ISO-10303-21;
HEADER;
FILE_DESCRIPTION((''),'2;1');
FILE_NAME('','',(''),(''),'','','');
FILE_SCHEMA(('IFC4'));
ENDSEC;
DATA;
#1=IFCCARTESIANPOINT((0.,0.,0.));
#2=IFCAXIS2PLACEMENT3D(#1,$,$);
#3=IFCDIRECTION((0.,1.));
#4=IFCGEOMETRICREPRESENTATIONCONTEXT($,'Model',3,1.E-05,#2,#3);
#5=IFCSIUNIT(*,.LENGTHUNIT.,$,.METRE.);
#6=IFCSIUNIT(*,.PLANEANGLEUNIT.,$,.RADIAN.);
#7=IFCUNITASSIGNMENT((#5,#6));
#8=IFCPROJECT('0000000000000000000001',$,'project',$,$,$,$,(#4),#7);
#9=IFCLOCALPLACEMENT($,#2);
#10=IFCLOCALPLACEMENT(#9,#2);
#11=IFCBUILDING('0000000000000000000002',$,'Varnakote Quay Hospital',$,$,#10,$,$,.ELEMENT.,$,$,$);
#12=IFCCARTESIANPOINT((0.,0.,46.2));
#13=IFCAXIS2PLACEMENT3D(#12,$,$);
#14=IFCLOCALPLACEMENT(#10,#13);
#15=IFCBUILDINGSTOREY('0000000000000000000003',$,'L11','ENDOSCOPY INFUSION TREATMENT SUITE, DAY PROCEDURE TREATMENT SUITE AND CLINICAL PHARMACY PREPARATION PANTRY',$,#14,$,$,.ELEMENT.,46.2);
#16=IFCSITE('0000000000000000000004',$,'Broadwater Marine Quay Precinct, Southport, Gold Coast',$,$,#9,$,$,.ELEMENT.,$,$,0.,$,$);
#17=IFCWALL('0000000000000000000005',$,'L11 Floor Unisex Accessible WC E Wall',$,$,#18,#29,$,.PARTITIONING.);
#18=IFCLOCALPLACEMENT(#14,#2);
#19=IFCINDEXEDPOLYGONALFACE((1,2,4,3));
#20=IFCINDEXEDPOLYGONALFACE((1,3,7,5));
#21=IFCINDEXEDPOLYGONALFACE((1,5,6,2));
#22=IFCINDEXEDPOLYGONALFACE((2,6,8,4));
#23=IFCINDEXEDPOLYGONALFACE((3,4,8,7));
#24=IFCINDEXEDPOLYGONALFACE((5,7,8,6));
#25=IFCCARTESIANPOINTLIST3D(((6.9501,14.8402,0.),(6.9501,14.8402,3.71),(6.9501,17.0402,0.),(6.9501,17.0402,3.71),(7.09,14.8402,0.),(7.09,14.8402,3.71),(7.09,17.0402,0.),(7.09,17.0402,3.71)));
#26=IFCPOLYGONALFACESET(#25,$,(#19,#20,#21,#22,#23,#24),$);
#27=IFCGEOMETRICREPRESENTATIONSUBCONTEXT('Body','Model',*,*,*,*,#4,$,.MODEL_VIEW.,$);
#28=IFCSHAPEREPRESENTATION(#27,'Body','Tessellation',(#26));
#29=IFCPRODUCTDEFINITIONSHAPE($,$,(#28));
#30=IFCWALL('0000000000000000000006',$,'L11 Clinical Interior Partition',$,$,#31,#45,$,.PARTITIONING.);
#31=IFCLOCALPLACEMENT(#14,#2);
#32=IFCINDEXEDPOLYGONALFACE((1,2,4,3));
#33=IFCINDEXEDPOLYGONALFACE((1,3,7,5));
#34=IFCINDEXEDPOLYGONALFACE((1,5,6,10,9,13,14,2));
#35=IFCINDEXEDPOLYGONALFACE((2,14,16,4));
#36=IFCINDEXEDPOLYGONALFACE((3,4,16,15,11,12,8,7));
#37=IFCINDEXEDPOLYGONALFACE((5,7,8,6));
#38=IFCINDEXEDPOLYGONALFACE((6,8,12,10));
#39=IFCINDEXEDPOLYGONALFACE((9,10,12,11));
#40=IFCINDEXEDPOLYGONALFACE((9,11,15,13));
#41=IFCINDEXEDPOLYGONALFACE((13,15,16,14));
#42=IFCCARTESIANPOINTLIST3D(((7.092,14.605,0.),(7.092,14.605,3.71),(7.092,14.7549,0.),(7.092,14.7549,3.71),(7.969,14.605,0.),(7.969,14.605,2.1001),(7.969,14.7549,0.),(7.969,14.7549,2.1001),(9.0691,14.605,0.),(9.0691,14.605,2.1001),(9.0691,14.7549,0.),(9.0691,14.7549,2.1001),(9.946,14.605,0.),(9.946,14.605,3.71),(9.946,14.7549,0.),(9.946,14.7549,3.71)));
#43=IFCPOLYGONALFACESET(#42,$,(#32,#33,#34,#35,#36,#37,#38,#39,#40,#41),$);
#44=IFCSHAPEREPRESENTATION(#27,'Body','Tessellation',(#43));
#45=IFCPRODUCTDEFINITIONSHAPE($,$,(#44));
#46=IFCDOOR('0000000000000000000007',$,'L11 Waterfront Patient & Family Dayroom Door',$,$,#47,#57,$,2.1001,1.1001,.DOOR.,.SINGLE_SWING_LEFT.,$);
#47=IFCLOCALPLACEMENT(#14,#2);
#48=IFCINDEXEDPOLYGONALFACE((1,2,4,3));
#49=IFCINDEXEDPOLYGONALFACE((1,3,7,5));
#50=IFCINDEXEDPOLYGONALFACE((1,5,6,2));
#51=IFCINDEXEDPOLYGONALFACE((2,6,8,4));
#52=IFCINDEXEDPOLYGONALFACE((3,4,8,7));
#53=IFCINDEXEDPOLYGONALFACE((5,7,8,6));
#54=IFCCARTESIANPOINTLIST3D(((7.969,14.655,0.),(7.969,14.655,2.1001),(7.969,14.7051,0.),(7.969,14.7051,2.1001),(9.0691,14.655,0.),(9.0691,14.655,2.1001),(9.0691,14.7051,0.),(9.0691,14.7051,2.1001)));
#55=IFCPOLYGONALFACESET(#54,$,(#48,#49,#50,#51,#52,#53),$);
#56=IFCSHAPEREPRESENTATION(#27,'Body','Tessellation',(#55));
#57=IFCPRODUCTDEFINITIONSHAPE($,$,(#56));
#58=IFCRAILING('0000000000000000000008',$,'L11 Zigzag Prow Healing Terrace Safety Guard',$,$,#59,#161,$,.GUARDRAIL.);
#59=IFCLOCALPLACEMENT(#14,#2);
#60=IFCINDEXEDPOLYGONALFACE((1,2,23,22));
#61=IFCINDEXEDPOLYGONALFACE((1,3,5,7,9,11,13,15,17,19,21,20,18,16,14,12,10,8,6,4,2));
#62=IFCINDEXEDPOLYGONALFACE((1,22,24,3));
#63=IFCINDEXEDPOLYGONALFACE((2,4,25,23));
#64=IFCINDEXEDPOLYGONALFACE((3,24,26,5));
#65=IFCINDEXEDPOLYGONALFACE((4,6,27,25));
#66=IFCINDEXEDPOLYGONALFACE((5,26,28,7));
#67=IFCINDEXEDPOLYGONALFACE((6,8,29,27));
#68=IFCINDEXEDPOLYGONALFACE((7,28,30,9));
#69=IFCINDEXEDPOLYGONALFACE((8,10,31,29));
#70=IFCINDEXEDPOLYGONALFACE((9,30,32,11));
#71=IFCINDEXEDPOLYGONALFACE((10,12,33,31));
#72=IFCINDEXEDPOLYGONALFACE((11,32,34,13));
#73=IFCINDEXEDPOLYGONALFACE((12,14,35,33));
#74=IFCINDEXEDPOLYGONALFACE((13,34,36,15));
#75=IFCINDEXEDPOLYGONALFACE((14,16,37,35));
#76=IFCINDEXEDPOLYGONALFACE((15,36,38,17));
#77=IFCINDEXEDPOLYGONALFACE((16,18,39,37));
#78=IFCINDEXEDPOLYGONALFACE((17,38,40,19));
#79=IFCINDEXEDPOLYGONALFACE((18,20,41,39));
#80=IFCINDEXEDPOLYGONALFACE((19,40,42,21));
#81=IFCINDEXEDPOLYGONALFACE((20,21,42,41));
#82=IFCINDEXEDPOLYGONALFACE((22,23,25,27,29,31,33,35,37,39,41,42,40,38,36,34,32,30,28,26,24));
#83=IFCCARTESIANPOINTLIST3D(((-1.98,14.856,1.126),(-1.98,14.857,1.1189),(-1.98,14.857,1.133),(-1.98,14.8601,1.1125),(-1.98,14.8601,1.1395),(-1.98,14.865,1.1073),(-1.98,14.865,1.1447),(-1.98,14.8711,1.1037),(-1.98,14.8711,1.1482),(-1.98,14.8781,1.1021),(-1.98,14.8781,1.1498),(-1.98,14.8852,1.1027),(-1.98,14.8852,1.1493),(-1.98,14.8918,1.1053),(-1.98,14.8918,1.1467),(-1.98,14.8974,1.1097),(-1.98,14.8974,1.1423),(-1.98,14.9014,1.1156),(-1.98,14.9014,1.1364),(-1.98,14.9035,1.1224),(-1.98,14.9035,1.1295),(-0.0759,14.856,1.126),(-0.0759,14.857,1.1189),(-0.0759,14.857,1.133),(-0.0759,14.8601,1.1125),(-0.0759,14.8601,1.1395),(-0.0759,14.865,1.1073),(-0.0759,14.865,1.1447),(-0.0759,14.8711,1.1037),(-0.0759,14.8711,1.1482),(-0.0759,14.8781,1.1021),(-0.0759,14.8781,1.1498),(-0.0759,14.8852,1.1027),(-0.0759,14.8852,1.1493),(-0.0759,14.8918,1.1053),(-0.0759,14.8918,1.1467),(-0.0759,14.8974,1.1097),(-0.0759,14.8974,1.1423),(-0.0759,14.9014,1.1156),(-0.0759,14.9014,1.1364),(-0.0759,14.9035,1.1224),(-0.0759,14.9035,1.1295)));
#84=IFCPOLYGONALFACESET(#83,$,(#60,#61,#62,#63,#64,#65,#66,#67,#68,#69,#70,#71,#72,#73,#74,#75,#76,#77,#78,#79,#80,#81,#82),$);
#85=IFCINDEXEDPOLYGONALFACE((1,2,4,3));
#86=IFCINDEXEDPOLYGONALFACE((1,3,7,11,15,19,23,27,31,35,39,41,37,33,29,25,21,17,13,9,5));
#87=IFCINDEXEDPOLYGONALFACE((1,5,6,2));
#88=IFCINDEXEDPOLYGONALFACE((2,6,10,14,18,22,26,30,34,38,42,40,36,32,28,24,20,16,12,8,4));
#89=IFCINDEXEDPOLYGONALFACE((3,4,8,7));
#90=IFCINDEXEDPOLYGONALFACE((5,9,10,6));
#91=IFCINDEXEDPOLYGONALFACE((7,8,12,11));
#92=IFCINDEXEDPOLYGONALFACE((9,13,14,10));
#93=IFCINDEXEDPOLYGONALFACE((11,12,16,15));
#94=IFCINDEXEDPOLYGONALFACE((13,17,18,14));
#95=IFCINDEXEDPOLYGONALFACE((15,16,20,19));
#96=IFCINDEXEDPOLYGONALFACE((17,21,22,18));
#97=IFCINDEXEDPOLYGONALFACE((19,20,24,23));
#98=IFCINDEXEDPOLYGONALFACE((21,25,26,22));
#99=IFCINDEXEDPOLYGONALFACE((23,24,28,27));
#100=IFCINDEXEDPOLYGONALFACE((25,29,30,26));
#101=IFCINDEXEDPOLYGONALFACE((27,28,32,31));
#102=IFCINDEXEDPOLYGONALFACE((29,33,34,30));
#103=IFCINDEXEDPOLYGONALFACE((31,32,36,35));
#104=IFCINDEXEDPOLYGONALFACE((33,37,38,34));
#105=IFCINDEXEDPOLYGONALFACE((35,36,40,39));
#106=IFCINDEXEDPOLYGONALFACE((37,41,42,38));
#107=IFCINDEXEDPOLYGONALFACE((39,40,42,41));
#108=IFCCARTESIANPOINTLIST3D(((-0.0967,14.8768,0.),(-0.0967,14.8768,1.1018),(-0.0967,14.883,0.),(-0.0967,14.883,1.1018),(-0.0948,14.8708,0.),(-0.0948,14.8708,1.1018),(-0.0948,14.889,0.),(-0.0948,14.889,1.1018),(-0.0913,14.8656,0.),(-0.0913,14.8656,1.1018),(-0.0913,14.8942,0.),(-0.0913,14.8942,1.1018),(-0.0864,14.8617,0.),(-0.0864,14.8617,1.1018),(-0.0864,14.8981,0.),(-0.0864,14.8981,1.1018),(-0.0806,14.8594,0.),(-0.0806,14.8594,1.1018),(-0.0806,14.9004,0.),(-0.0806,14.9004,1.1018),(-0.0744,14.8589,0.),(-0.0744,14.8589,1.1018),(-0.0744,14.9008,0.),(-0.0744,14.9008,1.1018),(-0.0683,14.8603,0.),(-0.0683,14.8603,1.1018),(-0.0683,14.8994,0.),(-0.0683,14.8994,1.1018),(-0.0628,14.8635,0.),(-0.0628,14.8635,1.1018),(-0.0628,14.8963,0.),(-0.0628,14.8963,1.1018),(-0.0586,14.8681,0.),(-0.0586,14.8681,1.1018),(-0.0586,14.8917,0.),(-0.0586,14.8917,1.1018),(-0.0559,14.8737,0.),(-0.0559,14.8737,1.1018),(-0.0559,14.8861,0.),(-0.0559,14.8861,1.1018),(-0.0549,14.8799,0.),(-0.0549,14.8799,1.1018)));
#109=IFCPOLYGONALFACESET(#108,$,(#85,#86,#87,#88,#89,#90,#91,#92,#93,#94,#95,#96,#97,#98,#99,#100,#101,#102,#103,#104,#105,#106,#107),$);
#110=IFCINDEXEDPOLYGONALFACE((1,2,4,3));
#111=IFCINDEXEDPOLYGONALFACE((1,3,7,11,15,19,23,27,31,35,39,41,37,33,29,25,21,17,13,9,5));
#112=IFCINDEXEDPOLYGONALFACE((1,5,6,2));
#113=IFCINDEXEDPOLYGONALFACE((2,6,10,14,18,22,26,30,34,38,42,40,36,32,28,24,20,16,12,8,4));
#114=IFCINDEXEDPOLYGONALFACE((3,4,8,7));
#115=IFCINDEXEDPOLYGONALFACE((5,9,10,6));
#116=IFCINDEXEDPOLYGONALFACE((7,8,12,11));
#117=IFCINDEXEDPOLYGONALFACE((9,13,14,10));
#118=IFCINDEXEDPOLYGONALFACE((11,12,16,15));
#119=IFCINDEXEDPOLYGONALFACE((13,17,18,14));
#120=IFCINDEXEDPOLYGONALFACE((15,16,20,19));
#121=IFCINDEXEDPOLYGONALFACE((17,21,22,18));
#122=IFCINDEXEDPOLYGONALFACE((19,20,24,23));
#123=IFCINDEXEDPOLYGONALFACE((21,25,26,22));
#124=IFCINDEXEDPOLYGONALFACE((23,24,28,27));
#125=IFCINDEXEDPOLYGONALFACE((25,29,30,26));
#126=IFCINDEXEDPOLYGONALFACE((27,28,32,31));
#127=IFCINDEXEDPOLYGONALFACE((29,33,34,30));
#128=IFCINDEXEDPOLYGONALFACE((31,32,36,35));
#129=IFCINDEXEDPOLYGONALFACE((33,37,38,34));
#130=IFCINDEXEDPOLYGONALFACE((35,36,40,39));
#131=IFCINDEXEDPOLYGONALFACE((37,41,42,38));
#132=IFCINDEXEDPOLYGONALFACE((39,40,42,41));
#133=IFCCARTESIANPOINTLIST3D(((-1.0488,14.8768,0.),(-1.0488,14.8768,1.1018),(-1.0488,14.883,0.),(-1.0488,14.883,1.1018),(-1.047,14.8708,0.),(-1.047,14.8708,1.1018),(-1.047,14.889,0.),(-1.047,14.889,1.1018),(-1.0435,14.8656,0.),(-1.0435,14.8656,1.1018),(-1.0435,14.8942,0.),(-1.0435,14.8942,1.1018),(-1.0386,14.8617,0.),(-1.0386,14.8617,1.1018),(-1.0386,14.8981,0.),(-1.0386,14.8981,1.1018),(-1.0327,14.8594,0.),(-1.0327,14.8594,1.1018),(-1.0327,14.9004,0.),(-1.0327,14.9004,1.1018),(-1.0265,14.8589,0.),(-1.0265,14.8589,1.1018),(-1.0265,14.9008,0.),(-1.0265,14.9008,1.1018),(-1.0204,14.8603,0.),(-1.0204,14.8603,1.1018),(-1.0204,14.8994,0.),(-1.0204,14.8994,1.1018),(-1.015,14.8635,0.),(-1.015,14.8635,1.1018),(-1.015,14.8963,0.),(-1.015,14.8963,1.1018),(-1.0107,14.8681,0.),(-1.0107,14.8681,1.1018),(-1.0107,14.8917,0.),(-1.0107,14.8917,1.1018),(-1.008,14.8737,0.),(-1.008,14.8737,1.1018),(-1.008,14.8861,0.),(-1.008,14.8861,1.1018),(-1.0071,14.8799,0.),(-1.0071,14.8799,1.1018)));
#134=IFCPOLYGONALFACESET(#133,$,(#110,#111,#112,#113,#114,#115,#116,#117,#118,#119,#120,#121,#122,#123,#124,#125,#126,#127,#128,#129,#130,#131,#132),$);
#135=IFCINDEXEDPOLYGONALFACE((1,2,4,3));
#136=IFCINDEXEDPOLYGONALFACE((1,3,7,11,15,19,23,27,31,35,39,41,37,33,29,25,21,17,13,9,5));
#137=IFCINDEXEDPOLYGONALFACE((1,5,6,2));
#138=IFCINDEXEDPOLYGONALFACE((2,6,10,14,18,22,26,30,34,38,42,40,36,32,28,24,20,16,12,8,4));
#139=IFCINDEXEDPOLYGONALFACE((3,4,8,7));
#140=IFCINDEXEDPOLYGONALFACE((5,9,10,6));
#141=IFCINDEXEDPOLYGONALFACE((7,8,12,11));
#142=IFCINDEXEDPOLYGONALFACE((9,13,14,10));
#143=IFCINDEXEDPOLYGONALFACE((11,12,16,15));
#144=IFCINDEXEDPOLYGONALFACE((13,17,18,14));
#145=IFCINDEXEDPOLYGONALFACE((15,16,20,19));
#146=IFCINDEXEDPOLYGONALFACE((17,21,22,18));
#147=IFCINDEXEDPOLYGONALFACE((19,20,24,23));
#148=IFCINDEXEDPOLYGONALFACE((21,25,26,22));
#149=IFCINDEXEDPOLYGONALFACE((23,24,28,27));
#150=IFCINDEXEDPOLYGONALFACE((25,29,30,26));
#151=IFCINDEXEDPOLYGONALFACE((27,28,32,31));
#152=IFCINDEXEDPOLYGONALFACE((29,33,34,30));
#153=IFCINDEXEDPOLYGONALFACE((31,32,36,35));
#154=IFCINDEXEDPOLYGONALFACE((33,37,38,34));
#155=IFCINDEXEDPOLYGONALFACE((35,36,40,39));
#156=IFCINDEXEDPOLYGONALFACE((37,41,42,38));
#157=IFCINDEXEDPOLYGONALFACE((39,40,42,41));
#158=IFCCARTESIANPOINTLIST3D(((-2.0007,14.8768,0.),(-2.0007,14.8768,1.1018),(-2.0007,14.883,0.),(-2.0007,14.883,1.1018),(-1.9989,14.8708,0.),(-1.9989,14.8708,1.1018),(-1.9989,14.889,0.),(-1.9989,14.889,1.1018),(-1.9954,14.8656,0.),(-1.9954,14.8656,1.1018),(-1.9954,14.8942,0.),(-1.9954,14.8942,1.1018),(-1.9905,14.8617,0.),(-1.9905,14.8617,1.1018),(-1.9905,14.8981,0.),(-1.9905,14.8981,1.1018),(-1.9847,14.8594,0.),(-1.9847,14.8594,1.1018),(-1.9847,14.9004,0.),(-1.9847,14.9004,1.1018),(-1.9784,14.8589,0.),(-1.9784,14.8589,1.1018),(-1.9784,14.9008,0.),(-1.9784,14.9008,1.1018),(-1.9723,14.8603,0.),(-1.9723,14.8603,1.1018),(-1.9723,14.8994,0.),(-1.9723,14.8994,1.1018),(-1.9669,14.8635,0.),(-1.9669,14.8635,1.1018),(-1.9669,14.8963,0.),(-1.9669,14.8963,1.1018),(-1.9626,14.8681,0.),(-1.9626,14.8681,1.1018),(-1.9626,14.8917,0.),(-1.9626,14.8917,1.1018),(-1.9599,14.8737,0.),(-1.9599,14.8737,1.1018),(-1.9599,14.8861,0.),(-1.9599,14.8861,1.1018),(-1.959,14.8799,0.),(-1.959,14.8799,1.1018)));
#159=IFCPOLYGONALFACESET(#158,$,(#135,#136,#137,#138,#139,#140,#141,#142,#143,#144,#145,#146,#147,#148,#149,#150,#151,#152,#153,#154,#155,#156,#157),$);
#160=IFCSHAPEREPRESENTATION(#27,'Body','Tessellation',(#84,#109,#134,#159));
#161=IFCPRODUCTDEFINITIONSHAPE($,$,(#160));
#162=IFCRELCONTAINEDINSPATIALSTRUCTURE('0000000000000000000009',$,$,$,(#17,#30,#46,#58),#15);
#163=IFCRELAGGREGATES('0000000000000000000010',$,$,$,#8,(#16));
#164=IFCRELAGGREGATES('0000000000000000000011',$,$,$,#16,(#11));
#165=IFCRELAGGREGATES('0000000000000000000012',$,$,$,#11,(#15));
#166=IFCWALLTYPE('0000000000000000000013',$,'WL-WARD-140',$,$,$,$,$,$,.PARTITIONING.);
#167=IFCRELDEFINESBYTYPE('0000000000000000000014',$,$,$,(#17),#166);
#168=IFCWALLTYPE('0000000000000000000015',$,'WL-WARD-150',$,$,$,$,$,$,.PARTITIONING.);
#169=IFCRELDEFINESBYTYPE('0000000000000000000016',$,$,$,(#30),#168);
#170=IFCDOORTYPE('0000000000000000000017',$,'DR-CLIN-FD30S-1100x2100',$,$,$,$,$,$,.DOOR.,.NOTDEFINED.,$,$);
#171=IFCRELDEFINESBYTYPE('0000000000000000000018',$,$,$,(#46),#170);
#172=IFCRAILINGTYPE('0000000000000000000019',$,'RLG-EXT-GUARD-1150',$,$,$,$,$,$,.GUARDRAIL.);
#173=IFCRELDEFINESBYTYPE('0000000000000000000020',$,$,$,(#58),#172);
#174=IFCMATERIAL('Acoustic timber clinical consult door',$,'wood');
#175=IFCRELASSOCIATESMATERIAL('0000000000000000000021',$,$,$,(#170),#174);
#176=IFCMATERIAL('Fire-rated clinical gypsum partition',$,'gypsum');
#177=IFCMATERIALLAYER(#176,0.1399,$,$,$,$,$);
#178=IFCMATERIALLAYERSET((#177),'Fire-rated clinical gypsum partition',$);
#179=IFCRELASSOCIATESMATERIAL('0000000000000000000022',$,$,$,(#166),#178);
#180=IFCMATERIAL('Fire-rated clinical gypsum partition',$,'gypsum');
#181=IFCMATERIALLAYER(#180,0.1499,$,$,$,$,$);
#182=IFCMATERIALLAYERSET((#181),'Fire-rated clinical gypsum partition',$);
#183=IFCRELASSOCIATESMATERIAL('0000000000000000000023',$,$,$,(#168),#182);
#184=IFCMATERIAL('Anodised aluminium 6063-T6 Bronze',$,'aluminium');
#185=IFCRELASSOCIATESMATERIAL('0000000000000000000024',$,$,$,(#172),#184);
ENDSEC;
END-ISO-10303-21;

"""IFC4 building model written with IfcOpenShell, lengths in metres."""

from ifc_helpers import new_model, si_unit, direction, frame, frame_2d, origin, origin_2d, place, context, subcontext, project, spatial, rectangle, circle, extrude, material, layer, layer_set, type_object, element, fill, save


model = new_model("IFC4")

# Units and contexts
model_context = context("Model", 3, precision=1e-05, world=origin(), true_north=direction((0.0, 1.0)))
body_context = subcontext(model_context, "Body", "Model", "MODEL_VIEW")
ifc_project = project(units=[si_unit("LENGTHUNIT", "METRE"), si_unit("PLANEANGLEUNIT", "RADIAN")], contexts=[model_context])

# Site, building, storey
site_placement = place(None, origin())
site = spatial("IfcSite", under=ifc_project, at=site_placement, Name="Broadwater Marine Quay Precinct, Southport, Gold Coast", CompositionType="ELEMENT", RefElevation=0.0)
building_placement = place(site_placement, origin())
building = spatial("IfcBuilding", under=site, at=building_placement, Name="Varnakote Quay Hospital", CompositionType="ELEMENT")
storey_placement = place(building_placement, frame((0.0, 0.0, 46.2)))
storey = spatial("IfcBuildingStorey", under=building, at=storey_placement, Name="L11", Description="ENDOSCOPY INFUSION TREATMENT SUITE, DAY PROCEDURE TREATMENT SUITE AND CLINICAL PHARMACY PREPARATION PANTRY", CompositionType="ELEMENT", Elevation=46.2)

# Shared definitions
ifc_material_1 = material(Name="Acoustic timber clinical consult door", Category="wood")
door_type_1 = type_object("IfcDoorType", Name="DR-CLIN-FD30S-1100x2100", OperationType="NOTDEFINED", PredefinedType="DOOR", material=ifc_material_1)
ifc_material_2 = material(Name="Fire-rated clinical gypsum partition", Category="gypsum")
ifc_layer_1 = layer(ifc_material_2, 0.1399)
ifc_layer_set_1 = layer_set([ifc_layer_1], Name="Fire-rated clinical gypsum partition")
wall_type_1 = type_object("IfcWallType", Name="WL-WARD-140", PredefinedType="PARTITIONING", material=ifc_layer_set_1)

# Wall
for number, where, z_axis, x_axis, name in (
    (1, (7.02, 14.8401, 0.0), (0.0, 0.0, 1.0), (0.0, 1.0, 0.0), "L11 Floor Unisex Accessible WC E Wall"),
):
    element("IfcWall", number, at=place(storey_placement, frame(where, z_axis=z_axis, x_axis=x_axis)), inside=storey, type_object=wall_type_1, Name=name, PredefinedType="PARTITIONING", context=body_context, shape_type="SweptSolid", body=[
        extrude(rectangle(XDim=2.2, YDim=0.1399, at=frame_2d((1.1001, 0.0))), origin(), (0.0, 0.0, 1.0), 3.71),
    ])

# Wall, opening, door
ifc_material_3 = material(Name="Fire-rated clinical gypsum partition", Category="gypsum")
ifc_layer_2 = layer(ifc_material_3, 0.1499)
ifc_layer_set_2 = layer_set([ifc_layer_2], Name="Fire-rated clinical gypsum partition")
wall_type_2 = type_object("IfcWallType", Name="WL-WARD-150", PredefinedType="PARTITIONING", material=ifc_layer_set_2)
wall_1_placement = place(storey_placement, frame((9.946, 14.6799, 0.0), z_axis=(0.0, 0.0, 1.0), x_axis=(-1.0, 0.0, 0.0)))
wall_1 = element("IfcWall", 2, at=wall_1_placement, inside=storey, type_object=wall_type_2, Name="L11 Clinical Interior Partition", PredefinedType="PARTITIONING", context=body_context, shape_type="SweptSolid", body=[
    extrude(rectangle(XDim=2.854, YDim=0.1499, at=frame_2d((1.427, 0.0))), origin(), (0.0, 0.0, 1.0), 3.71),
])
opening_1_placement = place(wall_1_placement, frame((0.877, 0.0, 0.0)))
opening_1 = element("IfcOpeningElement", 3, at=opening_1_placement, cuts=wall_1, PredefinedType="OPENING", context=body_context, shape_type="SweptSolid", body=[
    extrude(rectangle(XDim=1.1001, YDim=2.1001, at=frame_2d((0.55, 1.05))), frame((0.0, 0.085, 0.0), z_axis=(0.0, -1.0, 0.0), x_axis=(1.0, 0.0, 0.0)), (0.0, 0.0, 1.0), 0.1699),
])
door_1_placement = place(opening_1_placement, origin())
door_1 = element("IfcDoor", 4, at=door_1_placement, inside=storey, type_object=door_type_1, Name="L11 Waterfront Patient & Family Dayroom Door", OperationType="SINGLE_SWING_LEFT", OverallHeight=2.1001, OverallWidth=1.1001, PredefinedType="DOOR", context=body_context, shape_type="SweptSolid", body=[
    extrude(rectangle(XDim=1.1001, YDim=2.1001, at=frame_2d((0.55, 1.05))), frame((0.0, 0.0249, 0.0), z_axis=(0.0, -1.0, 0.0), x_axis=(1.0, 0.0, 0.0)), (0.0, 0.0, 1.0), 0.05),
])
fill(opening_1, door_1)

# Railing
ifc_material_4 = material(Name="Anodised aluminium 6063-T6 Bronze", Category="aluminium")
railing_type = type_object("IfcRailingType", Name="RLG-EXT-GUARD-1150", PredefinedType="GUARDRAIL", material=ifc_material_4)
railing_1_placement = place(storey_placement, frame((-0.0759, 14.8799, 0.0)))
element("IfcRailing", 5, at=railing_1_placement, inside=storey, type_object=railing_type, Name="L11 Zigzag Prow Healing Terrace Safety Guard", PredefinedType="GUARDRAIL", context=body_context, shape_type="SweptSolid", body=[
    extrude(circle(Radius=0.0239, at=origin_2d()), frame((0.0, 0.0, 1.126), z_axis=(-1.0, 0.0, 0.0), x_axis=(0.0, -1.0, 0.0)), (0.0, 0.0, 1.0), 1.9041),
    extrude(circle(Radius=0.021, at=origin_2d()), origin(), (0.0, 0.0, 1.0), 1.1018),
    extrude(circle(Radius=0.021, at=origin_2d()), frame((-0.9521, 0.0, 0.0)), (0.0, 0.0, 1.0), 1.1018),
    extrude(circle(Radius=0.021, at=origin_2d()), frame((-1.9041, 0.0, 0.0)), (0.0, 0.0, 1.0), 1.1018),
])

save(model, "model.ifc")
